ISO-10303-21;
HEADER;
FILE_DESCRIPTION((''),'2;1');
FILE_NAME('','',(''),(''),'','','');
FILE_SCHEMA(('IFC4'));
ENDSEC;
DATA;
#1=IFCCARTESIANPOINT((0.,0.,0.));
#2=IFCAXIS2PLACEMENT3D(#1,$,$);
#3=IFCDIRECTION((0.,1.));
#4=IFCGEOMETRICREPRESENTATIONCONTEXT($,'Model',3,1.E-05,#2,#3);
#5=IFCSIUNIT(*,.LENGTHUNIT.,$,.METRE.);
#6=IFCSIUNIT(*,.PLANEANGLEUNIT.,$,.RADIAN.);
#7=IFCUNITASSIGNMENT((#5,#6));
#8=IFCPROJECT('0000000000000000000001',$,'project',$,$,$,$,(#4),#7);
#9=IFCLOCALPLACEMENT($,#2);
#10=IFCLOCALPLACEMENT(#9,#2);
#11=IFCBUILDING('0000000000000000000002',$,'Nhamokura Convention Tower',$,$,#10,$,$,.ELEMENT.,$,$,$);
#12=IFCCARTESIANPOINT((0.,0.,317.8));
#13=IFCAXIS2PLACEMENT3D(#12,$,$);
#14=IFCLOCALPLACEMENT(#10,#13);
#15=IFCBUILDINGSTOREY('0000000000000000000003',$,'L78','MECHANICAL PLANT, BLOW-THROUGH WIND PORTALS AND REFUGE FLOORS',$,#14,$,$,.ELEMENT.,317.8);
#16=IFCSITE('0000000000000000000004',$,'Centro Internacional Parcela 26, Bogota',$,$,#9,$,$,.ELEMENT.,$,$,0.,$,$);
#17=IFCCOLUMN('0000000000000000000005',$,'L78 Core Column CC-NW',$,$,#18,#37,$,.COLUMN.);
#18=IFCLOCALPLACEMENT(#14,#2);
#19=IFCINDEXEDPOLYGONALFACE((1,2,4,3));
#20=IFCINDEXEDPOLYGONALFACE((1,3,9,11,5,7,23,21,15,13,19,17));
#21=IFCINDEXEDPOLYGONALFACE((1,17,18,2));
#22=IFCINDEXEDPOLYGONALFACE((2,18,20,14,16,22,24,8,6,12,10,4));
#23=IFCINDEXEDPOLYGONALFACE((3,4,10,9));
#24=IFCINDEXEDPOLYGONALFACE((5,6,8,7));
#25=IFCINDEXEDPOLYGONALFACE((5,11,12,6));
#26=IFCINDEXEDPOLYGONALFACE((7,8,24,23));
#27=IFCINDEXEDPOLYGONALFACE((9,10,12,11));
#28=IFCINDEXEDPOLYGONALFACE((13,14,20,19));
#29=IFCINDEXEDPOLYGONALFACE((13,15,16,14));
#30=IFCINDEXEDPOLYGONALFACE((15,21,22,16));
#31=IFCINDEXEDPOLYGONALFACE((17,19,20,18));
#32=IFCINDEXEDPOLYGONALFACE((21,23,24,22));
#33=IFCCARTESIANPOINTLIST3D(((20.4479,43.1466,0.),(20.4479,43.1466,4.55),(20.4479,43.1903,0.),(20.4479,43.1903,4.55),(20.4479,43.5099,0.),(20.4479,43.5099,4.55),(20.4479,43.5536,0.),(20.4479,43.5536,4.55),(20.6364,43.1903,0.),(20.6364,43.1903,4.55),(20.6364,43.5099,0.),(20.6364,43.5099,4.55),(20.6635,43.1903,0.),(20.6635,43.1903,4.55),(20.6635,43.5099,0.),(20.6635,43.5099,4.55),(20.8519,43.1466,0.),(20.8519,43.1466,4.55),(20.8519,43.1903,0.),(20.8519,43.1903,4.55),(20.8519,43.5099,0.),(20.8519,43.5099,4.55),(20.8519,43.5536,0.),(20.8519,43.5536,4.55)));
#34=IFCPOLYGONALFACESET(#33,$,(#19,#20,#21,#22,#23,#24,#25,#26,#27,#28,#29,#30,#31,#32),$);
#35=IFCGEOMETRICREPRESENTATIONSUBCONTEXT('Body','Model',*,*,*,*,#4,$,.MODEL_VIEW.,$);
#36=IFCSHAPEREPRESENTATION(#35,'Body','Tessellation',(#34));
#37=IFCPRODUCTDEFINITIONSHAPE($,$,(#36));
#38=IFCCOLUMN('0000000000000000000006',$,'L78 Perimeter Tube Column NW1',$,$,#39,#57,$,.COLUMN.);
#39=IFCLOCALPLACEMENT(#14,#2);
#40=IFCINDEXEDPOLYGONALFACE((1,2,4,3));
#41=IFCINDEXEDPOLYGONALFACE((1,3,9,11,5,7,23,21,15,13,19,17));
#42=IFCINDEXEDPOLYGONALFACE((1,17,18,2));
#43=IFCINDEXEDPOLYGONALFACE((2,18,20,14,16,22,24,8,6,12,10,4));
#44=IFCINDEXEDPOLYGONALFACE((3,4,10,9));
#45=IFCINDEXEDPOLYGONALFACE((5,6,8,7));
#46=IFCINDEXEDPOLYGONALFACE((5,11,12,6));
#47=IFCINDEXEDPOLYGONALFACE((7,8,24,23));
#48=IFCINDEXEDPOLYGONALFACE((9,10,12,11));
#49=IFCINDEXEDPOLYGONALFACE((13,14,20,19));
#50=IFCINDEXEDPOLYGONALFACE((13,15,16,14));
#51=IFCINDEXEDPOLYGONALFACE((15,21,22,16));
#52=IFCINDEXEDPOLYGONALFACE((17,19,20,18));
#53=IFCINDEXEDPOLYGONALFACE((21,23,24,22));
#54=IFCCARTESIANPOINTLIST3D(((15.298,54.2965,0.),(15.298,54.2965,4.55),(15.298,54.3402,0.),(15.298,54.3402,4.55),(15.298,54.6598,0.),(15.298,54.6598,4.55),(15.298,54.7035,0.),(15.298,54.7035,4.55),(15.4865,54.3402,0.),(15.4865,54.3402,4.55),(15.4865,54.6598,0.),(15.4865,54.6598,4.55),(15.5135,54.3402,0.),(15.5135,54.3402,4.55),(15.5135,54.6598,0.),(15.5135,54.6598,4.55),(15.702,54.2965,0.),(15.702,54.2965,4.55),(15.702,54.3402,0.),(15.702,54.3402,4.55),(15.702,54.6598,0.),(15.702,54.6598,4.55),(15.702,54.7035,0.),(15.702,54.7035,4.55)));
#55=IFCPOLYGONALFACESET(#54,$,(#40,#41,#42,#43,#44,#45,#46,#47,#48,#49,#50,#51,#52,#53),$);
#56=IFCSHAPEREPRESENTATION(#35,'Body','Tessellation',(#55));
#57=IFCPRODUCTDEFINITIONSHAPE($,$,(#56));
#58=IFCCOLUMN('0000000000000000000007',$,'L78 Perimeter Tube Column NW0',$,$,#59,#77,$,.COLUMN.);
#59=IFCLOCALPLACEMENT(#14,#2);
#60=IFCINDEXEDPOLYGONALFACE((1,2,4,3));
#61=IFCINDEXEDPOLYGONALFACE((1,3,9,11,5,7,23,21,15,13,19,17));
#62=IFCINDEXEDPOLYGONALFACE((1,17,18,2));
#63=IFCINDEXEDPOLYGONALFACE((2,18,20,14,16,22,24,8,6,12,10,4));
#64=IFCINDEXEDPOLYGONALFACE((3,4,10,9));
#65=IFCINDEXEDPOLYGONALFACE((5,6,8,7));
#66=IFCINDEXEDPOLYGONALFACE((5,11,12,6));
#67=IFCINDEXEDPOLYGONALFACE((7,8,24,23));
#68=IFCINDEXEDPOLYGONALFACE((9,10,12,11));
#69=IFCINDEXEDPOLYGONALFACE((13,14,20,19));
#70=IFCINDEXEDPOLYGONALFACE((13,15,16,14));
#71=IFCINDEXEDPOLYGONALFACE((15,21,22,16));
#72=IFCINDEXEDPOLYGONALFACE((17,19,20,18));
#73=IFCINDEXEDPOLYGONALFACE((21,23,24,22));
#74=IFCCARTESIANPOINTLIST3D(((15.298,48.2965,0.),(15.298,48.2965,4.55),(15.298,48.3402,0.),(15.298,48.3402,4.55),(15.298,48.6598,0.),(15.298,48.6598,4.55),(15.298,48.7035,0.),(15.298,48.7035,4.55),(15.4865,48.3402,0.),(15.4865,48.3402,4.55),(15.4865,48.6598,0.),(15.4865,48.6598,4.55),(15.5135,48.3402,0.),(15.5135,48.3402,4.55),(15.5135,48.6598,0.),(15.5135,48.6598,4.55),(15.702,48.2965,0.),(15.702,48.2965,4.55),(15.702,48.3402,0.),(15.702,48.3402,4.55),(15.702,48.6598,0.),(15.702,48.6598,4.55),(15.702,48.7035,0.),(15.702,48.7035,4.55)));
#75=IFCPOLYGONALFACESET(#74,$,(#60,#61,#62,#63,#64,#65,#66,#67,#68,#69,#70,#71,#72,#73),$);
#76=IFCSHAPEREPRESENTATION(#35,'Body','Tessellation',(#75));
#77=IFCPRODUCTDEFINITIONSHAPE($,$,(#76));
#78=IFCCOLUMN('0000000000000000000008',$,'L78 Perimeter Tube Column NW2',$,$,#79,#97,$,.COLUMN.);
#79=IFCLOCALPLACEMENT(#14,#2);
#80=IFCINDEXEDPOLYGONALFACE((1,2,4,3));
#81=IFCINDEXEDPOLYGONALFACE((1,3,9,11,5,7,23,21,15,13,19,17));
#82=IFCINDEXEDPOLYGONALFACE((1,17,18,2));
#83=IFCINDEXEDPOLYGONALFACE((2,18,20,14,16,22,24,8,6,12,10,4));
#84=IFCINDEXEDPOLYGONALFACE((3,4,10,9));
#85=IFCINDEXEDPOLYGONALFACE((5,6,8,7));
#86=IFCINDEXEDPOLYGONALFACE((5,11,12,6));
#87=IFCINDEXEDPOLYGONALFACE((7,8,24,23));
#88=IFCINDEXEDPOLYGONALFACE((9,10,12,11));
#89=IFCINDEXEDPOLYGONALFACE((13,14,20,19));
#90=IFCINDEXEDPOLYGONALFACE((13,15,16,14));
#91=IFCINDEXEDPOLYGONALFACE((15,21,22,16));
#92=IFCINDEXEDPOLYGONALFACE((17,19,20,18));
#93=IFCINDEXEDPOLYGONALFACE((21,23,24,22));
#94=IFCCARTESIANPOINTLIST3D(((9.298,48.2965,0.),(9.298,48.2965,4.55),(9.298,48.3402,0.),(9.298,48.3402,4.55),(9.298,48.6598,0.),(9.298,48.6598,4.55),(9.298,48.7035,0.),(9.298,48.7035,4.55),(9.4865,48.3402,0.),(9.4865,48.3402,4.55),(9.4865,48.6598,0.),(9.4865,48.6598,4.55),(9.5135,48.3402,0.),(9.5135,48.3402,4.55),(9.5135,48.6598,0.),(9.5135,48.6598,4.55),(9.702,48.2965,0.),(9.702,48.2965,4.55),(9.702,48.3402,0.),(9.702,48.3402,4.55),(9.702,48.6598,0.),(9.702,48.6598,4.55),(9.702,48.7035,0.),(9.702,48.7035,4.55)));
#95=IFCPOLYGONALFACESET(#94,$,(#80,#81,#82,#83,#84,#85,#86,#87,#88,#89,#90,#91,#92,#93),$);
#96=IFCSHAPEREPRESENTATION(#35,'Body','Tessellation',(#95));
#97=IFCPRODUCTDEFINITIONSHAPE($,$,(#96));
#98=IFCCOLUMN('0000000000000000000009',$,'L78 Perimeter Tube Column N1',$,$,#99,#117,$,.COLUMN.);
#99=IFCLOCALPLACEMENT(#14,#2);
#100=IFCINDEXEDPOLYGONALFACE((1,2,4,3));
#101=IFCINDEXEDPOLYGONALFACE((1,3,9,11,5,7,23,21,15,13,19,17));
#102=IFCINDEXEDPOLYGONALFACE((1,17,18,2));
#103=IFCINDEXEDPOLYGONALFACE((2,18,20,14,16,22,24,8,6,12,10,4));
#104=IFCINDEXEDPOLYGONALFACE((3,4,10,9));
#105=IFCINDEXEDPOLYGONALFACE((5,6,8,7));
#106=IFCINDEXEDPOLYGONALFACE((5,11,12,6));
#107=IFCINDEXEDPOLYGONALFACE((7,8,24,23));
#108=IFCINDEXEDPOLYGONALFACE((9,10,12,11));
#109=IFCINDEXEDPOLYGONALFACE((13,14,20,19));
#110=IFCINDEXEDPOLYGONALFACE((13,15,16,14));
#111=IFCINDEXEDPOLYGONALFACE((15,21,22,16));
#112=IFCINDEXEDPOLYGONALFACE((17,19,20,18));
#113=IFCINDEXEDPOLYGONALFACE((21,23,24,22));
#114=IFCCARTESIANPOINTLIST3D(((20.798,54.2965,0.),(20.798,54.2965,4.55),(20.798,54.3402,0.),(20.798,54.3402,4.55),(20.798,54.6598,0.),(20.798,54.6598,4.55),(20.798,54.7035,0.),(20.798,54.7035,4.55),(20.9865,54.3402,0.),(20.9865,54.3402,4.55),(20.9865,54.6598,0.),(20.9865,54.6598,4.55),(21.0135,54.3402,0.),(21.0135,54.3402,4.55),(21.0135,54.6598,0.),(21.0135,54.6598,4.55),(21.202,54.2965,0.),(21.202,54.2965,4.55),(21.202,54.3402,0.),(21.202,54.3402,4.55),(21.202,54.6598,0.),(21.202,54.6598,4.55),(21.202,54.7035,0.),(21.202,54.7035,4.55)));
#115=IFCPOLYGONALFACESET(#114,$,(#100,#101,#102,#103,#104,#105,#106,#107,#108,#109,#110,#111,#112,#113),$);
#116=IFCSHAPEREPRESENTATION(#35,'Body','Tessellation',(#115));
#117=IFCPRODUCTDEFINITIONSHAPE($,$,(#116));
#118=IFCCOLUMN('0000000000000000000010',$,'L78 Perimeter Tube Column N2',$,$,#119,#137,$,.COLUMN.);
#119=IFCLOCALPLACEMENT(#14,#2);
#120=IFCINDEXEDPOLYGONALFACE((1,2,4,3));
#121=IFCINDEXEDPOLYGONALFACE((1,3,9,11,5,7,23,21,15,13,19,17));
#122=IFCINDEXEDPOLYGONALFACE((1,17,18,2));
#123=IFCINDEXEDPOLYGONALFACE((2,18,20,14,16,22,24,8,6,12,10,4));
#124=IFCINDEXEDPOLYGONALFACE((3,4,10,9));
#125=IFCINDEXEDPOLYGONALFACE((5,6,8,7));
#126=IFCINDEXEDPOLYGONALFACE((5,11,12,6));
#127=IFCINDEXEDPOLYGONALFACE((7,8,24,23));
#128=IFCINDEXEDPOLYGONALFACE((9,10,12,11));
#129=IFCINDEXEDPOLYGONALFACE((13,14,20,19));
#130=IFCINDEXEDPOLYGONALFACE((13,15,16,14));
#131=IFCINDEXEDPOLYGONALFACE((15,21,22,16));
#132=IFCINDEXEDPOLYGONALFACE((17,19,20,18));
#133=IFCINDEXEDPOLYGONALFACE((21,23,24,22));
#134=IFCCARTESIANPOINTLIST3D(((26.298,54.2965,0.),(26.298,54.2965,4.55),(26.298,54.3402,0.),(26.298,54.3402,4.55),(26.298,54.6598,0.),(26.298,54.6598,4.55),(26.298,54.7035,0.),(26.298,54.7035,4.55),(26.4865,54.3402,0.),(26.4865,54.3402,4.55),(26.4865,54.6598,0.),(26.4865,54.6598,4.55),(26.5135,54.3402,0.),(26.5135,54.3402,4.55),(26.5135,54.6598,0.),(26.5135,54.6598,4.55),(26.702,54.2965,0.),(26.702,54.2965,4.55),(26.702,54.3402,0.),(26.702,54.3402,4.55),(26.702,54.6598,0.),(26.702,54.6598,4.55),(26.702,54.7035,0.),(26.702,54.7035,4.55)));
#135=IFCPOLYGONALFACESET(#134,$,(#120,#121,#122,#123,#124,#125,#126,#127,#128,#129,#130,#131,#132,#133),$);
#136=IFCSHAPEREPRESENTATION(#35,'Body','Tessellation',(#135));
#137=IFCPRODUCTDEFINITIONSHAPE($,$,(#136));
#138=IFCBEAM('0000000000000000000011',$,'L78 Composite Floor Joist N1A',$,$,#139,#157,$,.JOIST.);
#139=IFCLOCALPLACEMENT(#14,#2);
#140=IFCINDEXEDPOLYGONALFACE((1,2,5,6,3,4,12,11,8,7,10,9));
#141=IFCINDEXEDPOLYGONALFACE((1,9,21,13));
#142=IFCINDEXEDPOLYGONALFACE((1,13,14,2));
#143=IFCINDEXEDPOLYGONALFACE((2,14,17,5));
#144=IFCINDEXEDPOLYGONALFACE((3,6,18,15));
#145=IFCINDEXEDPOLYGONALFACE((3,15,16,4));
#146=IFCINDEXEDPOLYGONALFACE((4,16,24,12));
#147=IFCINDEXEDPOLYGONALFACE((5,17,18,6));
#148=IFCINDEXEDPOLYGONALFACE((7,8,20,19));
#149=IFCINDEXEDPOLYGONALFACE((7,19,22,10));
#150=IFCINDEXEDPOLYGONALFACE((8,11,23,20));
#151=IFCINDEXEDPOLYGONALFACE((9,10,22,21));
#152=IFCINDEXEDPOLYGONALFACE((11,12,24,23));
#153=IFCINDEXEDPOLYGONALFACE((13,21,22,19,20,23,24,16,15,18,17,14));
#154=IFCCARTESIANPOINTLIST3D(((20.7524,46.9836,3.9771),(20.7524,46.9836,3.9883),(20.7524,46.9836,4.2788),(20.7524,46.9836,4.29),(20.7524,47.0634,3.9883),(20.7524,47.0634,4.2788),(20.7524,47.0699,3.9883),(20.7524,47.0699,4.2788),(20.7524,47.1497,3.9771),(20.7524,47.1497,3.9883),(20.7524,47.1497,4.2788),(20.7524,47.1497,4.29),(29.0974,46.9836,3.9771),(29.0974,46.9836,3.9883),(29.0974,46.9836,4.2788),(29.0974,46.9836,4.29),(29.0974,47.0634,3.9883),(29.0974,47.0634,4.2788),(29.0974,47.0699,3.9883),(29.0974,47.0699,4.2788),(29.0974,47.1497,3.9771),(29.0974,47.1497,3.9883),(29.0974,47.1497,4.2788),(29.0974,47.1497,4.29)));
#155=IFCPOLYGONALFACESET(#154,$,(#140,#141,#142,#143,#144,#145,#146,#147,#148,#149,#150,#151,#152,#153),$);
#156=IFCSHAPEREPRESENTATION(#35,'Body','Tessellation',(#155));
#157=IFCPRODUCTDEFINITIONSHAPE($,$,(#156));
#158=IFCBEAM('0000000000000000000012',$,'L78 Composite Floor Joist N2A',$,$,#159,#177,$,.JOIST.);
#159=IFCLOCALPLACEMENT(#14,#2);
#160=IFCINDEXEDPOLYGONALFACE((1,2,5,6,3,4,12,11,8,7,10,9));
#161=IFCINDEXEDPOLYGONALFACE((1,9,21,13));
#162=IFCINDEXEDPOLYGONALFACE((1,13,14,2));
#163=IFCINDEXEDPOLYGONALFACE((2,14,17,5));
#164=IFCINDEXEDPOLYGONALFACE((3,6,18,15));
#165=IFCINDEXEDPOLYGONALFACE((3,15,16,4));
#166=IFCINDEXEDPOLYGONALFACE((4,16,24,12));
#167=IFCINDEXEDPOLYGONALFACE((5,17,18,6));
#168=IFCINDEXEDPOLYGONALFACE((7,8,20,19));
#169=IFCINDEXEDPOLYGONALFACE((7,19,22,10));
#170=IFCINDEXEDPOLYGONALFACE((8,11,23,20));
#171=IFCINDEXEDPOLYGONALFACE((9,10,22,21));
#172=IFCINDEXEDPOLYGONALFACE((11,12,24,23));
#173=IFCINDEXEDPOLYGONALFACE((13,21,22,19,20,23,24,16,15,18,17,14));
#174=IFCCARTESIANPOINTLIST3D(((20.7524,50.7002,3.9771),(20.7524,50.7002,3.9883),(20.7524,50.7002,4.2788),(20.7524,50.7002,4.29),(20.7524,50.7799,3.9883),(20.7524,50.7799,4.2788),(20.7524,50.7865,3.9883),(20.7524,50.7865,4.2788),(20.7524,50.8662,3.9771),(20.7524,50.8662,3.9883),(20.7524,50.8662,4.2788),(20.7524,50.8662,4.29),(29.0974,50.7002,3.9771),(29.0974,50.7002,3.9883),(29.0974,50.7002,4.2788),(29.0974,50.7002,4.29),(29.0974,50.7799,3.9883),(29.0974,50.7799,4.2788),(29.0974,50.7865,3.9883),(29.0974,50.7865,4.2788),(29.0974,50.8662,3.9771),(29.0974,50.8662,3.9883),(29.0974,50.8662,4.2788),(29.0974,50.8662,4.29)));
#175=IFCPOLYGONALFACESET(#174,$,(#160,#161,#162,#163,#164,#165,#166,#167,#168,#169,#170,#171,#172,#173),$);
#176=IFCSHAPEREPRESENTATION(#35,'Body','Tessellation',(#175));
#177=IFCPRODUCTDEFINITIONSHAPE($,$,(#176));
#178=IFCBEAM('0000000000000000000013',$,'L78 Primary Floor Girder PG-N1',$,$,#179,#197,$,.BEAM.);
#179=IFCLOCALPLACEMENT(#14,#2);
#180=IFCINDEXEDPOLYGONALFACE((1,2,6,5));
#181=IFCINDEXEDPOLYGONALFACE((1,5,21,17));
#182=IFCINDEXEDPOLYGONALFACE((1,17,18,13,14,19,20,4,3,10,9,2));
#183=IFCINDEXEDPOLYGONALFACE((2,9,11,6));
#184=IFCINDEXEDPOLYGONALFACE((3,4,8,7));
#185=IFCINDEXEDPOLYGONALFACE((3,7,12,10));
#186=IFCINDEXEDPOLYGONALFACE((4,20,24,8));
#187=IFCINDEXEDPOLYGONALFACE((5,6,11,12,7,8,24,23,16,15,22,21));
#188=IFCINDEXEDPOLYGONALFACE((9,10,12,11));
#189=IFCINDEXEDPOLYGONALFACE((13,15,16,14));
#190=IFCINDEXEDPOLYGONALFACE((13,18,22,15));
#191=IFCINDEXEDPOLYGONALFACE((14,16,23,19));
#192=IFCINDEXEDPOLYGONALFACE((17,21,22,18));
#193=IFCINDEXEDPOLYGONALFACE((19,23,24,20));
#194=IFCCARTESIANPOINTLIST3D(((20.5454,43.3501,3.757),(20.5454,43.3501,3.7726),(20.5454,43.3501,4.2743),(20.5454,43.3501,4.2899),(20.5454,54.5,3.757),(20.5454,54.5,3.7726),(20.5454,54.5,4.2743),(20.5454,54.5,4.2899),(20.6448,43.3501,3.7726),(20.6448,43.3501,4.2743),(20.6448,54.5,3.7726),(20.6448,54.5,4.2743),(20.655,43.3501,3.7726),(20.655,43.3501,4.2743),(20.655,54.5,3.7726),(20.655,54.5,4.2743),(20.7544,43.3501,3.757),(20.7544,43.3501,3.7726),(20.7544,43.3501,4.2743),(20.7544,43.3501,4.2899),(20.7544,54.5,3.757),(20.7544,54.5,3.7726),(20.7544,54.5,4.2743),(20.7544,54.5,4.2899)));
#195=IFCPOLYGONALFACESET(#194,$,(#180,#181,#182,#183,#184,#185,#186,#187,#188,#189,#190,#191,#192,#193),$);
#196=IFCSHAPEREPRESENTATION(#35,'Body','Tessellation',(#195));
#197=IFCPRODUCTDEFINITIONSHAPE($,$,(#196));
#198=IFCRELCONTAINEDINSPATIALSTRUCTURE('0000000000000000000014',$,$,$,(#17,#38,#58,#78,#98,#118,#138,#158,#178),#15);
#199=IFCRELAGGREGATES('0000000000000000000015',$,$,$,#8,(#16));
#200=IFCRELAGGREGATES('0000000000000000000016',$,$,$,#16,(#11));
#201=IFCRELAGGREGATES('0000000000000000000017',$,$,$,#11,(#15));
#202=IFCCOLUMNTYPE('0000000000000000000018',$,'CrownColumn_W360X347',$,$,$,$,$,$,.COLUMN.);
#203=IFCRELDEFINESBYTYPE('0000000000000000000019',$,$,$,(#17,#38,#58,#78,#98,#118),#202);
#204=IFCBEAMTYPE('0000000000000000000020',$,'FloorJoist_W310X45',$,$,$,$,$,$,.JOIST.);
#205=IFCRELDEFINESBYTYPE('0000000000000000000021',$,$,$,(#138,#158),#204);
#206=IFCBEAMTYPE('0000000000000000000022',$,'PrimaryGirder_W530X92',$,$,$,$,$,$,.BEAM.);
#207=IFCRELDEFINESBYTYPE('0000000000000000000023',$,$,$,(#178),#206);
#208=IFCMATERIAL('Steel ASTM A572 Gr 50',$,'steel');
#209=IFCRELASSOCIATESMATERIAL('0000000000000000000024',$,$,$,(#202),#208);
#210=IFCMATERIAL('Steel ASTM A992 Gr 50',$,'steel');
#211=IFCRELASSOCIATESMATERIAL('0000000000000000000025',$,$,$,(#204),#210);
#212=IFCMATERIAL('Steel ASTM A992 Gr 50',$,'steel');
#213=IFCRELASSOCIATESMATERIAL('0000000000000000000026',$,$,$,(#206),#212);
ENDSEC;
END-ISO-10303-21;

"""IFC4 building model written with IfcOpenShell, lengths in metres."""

from ifc_helpers import new_model, si_unit, direction, frame, origin, origin_2d, place, context, subcontext, project, spatial, i_section, extrude, material, material_profile, profile_set, type_object, element, save


model = new_model("IFC4")

# Units and contexts
model_context = context("Model", 3, precision=1e-05, world=origin(), true_north=direction((0.0, 1.0)))
body_context = subcontext(model_context, "Body", "Model", "MODEL_VIEW")
ifc_project = project(units=[si_unit("LENGTHUNIT", "METRE"), si_unit("PLANEANGLEUNIT", "RADIAN")], contexts=[model_context])

# Site, building, storey
site_placement = place(None, origin())
site = spatial("IfcSite", under=ifc_project, at=site_placement, Name="Centro Internacional Parcela 26, Bogota", CompositionType="ELEMENT", RefElevation=0.0)
building_placement = place(site_placement, origin())
building = spatial("IfcBuilding", under=site, at=building_placement, Name="Nhamokura Convention Tower", CompositionType="ELEMENT")
storey_placement = place(building_placement, frame((0.0, 0.0, 317.8)))
storey = spatial("IfcBuildingStorey", under=building, at=storey_placement, Name="L78", Description="MECHANICAL PLANT, BLOW-THROUGH WIND PORTALS AND REFUGE FLOORS", CompositionType="ELEMENT", Elevation=317.8)

# Columns
ifc_material_1 = material(Name="Steel ASTM A572 Gr 50", Category="steel")
ifc_material_profile_1 = material_profile(ifc_material_1, i_section(OverallWidth=0.4041, OverallDepth=0.407, WebThickness=0.0271, FlangeThickness=0.0437, at=origin_2d()))
ifc_profile_set_1 = profile_set([ifc_material_profile_1], Name="Steel ASTM A572 Gr 50")
column_type = type_object("IfcColumnType", Name="CrownColumn_W360X347", PredefinedType="COLUMN", material=ifc_profile_set_1)
for number, where, z_axis, x_axis, name in (
    (1, (20.6499, 43.3501, 0.0), (0.0, 0.0, 1.0), (1.0, 0.0, 0.0), "L78 Core Column CC-NW"),
    (2, (15.5, 54.5, 0.0), (0.0, 0.0, 1.0), (1.0, 0.0, 0.0), "L78 Perimeter Tube Column NW1"),
    (3, (15.5, 48.5, 0.0), (0.0, 0.0, 1.0), (1.0, 0.0, 0.0), "L78 Perimeter Tube Column NW0"),
    (4, (9.5, 48.5, 0.0), (0.0, 0.0, 1.0), (1.0, 0.0, 0.0), "L78 Perimeter Tube Column NW2"),
    (5, (21.0, 54.5, 0.0), (0.0, 0.0, 1.0), (1.0, 0.0, 0.0), "L78 Perimeter Tube Column N1"),
    (6, (26.5, 54.5, 0.0), (0.0, 0.0, 1.0), (1.0, 0.0, 0.0), "L78 Perimeter Tube Column N2"),
):
    element("IfcColumn", number, at=place(storey_placement, frame(where, z_axis=z_axis, x_axis=x_axis)), inside=storey, type_object=column_type, Name=name, PredefinedType="COLUMN", context=body_context, shape_type="SweptSolid", body=[
        extrude(i_section(OverallWidth=0.4041, OverallDepth=0.407, WebThickness=0.0271, FlangeThickness=0.0437, at=origin_2d()), origin(), (0.0, 0.0, 1.0), 4.55),
    ])

# Beams
ifc_material_2 = material(Name="Steel ASTM A992 Gr 50", Category="steel")
ifc_material_profile_2 = material_profile(ifc_material_2, i_section(OverallWidth=0.166, OverallDepth=0.313, WebThickness=0.0066, FlangeThickness=0.0112, at=origin_2d()))
ifc_profile_set_2 = profile_set([ifc_material_profile_2], Name="Steel ASTM A992 Gr 50")
beam_type_1 = type_object("IfcBeamType", Name="FloorJoist_W310X45", PredefinedType="JOIST", material=ifc_profile_set_2)
for number, where, z_axis, x_axis, name in (
    (7, (20.7524, 47.0667, 4.1335), (1.0, 0.0, 0.0), (0.0, 1.0, 0.0), "L78 Composite Floor Joist N1A"),
    (8, (20.7524, 50.7832, 4.1335), (1.0, 0.0, 0.0), (0.0, 1.0, 0.0), "L78 Composite Floor Joist N2A"),
):
    element("IfcBeam", number, at=place(storey_placement, frame(where, z_axis=z_axis, x_axis=x_axis)), inside=storey, type_object=beam_type_1, Name=name, PredefinedType="JOIST", context=body_context, shape_type="SweptSolid", body=[
        extrude(i_section(OverallWidth=0.166, OverallDepth=0.313, WebThickness=0.0066, FlangeThickness=0.0112, at=origin_2d()), origin(), (0.0, 0.0, 1.0), 8.345),
    ])
ifc_material_3 = material(Name="Steel ASTM A992 Gr 50", Category="steel")
ifc_material_profile_3 = material_profile(ifc_material_3, i_section(OverallWidth=0.209, OverallDepth=0.533, WebThickness=0.0103, FlangeThickness=0.0156, at=origin_2d()))
ifc_profile_set_3 = profile_set([ifc_material_profile_3], Name="Steel ASTM A992 Gr 50")
beam_type_2 = type_object("IfcBeamType", Name="PrimaryGirder_W530X92", PredefinedType="BEAM", material=ifc_profile_set_3)
for number, where, z_axis, x_axis, name in (
    (9, (20.6499, 43.3501, 4.0234), (0.0, 1.0, 0.0), (-1.0, 0.0, 0.0), "L78 Primary Floor Girder PG-N1"),
):
    element("IfcBeam", number, at=place(storey_placement, frame(where, z_axis=z_axis, x_axis=x_axis)), inside=storey, type_object=beam_type_2, Name=name, PredefinedType="BEAM", context=body_context, shape_type="SweptSolid", body=[
        extrude(i_section(OverallWidth=0.209, OverallDepth=0.533, WebThickness=0.0103, FlangeThickness=0.0156, at=origin_2d()), origin(), (0.0, 0.0, 1.0), 11.1499),
    ])

save(model, "model.ifc")
